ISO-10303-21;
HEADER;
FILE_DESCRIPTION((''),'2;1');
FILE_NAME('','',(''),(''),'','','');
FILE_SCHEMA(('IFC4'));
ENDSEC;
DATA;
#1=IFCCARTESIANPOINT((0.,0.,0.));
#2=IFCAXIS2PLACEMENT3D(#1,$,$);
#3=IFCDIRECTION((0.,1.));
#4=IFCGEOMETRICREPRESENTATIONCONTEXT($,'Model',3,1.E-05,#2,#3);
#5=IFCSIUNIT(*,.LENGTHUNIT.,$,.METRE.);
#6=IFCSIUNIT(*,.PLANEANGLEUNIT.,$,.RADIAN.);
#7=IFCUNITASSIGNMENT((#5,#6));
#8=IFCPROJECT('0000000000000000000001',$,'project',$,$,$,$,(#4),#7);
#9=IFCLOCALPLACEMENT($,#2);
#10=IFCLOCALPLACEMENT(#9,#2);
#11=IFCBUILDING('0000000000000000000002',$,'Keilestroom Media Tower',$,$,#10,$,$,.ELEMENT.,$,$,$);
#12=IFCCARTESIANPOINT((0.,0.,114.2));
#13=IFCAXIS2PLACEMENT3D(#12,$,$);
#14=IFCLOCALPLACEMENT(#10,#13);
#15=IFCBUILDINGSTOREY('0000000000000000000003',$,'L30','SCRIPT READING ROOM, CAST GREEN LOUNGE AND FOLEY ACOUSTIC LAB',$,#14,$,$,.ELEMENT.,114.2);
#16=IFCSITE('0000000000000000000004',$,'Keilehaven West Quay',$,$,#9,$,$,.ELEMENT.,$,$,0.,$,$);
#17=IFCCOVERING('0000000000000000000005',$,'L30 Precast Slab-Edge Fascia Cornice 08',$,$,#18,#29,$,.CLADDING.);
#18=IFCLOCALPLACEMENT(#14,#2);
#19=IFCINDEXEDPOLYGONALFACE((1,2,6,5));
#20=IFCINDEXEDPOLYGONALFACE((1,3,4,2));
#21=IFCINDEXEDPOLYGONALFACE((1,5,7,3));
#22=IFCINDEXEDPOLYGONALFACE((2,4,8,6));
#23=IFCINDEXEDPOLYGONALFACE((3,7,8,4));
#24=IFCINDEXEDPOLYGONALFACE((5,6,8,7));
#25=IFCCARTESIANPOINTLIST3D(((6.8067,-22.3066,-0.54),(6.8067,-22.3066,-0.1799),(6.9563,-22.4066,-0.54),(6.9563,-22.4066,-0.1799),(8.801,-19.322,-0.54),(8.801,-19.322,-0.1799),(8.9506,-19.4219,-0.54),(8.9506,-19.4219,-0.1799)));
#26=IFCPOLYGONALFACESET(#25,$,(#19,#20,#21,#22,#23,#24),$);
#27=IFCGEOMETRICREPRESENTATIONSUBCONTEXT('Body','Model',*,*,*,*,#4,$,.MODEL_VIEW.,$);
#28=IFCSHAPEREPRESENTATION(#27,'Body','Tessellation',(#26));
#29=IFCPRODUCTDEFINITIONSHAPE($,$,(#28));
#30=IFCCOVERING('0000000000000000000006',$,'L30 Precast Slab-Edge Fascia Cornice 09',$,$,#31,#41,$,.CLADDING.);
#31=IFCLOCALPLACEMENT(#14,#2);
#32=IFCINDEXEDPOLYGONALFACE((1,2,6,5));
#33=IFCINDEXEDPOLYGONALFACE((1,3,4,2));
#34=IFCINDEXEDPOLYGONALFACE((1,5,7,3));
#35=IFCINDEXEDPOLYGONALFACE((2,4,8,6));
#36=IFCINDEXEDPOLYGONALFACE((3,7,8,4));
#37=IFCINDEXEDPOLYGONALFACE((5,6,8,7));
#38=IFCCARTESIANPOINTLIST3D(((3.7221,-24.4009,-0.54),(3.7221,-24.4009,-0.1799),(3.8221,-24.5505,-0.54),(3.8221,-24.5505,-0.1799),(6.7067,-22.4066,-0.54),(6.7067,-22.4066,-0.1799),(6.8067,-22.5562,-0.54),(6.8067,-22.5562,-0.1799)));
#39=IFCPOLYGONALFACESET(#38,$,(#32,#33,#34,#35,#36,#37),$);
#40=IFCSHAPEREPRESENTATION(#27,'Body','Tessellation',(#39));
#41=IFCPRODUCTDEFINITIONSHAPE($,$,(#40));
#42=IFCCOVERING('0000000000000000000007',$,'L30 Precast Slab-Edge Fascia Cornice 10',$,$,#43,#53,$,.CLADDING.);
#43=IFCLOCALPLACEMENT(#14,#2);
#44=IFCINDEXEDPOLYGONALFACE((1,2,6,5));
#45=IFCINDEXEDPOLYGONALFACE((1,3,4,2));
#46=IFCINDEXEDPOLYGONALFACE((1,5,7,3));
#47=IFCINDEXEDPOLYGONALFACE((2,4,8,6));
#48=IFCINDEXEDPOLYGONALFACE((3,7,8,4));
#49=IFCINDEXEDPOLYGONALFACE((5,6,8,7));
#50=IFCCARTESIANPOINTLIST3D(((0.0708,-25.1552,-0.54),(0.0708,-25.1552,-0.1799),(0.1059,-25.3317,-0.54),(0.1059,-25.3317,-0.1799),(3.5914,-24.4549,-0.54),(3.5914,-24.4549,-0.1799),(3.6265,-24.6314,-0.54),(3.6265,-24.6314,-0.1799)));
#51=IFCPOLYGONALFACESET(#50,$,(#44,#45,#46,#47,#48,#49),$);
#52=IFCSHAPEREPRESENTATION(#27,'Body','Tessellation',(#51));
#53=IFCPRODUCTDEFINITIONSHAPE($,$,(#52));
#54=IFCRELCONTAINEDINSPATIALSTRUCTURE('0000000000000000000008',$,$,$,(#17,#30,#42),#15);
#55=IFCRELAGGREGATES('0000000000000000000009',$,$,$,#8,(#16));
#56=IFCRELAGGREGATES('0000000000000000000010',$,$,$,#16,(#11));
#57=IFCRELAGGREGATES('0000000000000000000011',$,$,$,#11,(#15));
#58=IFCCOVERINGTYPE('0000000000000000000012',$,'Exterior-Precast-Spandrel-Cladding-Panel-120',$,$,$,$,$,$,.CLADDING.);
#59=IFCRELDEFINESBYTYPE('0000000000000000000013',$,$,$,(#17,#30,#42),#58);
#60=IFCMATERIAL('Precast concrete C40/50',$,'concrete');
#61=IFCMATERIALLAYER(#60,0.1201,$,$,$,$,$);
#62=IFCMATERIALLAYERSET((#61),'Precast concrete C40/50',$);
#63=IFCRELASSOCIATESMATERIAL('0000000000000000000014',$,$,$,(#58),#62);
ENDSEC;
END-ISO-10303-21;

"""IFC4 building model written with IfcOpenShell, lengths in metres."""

from ifc_helpers import new_model, si_unit, direction, frame, origin, origin_2d, place, context, subcontext, project, spatial, rectangle, extrude, source, transform, mapped, material, layer, layer_set, type_object, element, save


model = new_model("IFC4")

# Units and contexts
model_context = context("Model", 3, precision=1e-05, world=origin(), true_north=direction((0.0, 1.0)))
body_context = subcontext(model_context, "Body", "Model", "MODEL_VIEW")
ifc_project = project(units=[si_unit("LENGTHUNIT", "METRE"), si_unit("PLANEANGLEUNIT", "RADIAN")], contexts=[model_context])

# Site, building, storey
site_placement = place(None, origin())
site = spatial("IfcSite", under=ifc_project, at=site_placement, Name="Keilehaven West Quay", CompositionType="ELEMENT", RefElevation=0.0)
building_placement = place(site_placement, origin())
building = spatial("IfcBuilding", under=site, at=building_placement, Name="Keilestroom Media Tower", CompositionType="ELEMENT")
storey_placement = place(building_placement, frame((0.0, 0.0, 114.2)))
storey = spatial("IfcBuildingStorey", under=building, at=storey_placement, Name="L30", Description="SCRIPT READING ROOM, CAST GREEN LOUNGE AND FOLEY ACOUSTIC LAB", CompositionType="ELEMENT", Elevation=114.2)

# Shared definitions
ifc_material_1 = material(Name="Precast concrete C40/50", Category="concrete")

# Coverings
ifc_layer_1 = layer(ifc_material_1, 0.1201)
ifc_layer_set_1 = layer_set([ifc_layer_1], Name="Precast concrete C40/50")
covering_type = type_object("IfcCoveringType", Name="Exterior-Precast-Spandrel-Cladding-Panel-120", PredefinedType="CLADDING", material=ifc_layer_set_1)
shared_shape_1 = source(origin(), body_context, "Body", "SweptSolid", [
    extrude(rectangle(XDim=3.5896, YDim=0.1799, at=origin_2d()), origin(), (0.0, 0.0, 1.0), 0.3601),
])
for number, where, z_axis, x_axis, name in (
    (1, (7.8787, -20.8643, -0.54), (0.0, 0.0, 1.0), (-0.555575, -0.831467, 0.0), "L30 Precast Slab-Edge Fascia Cornice 08"),
    (2, (5.2644, -23.4785, -0.54), (0.0, 0.0, 1.0), (-0.831467, -0.555575, 0.0), "L30 Precast Slab-Edge Fascia Cornice 09"),
    (3, (1.8486, -24.8933, -0.54), (0.0, 0.0, 1.0), (-0.980784, -0.195099, 0.0), "L30 Precast Slab-Edge Fascia Cornice 10"),
):
    element("IfcCovering", number, at=place(storey_placement, frame(where, z_axis=z_axis, x_axis=x_axis)), inside=storey, type_object=covering_type, Name=name, PredefinedType="CLADDING", context=body_context, shape_type="MappedRepresentation", body=[
        mapped(shared_shape_1, transform((0.0, 0.0, 0.0), x_axis=(1.0, 0.0, 0.0), y_axis=(0.0, 1.0, 0.0), z_axis=(0.0, 0.0, 1.0), scale=1.0)),
    ])

save(model, "model.ifc")
